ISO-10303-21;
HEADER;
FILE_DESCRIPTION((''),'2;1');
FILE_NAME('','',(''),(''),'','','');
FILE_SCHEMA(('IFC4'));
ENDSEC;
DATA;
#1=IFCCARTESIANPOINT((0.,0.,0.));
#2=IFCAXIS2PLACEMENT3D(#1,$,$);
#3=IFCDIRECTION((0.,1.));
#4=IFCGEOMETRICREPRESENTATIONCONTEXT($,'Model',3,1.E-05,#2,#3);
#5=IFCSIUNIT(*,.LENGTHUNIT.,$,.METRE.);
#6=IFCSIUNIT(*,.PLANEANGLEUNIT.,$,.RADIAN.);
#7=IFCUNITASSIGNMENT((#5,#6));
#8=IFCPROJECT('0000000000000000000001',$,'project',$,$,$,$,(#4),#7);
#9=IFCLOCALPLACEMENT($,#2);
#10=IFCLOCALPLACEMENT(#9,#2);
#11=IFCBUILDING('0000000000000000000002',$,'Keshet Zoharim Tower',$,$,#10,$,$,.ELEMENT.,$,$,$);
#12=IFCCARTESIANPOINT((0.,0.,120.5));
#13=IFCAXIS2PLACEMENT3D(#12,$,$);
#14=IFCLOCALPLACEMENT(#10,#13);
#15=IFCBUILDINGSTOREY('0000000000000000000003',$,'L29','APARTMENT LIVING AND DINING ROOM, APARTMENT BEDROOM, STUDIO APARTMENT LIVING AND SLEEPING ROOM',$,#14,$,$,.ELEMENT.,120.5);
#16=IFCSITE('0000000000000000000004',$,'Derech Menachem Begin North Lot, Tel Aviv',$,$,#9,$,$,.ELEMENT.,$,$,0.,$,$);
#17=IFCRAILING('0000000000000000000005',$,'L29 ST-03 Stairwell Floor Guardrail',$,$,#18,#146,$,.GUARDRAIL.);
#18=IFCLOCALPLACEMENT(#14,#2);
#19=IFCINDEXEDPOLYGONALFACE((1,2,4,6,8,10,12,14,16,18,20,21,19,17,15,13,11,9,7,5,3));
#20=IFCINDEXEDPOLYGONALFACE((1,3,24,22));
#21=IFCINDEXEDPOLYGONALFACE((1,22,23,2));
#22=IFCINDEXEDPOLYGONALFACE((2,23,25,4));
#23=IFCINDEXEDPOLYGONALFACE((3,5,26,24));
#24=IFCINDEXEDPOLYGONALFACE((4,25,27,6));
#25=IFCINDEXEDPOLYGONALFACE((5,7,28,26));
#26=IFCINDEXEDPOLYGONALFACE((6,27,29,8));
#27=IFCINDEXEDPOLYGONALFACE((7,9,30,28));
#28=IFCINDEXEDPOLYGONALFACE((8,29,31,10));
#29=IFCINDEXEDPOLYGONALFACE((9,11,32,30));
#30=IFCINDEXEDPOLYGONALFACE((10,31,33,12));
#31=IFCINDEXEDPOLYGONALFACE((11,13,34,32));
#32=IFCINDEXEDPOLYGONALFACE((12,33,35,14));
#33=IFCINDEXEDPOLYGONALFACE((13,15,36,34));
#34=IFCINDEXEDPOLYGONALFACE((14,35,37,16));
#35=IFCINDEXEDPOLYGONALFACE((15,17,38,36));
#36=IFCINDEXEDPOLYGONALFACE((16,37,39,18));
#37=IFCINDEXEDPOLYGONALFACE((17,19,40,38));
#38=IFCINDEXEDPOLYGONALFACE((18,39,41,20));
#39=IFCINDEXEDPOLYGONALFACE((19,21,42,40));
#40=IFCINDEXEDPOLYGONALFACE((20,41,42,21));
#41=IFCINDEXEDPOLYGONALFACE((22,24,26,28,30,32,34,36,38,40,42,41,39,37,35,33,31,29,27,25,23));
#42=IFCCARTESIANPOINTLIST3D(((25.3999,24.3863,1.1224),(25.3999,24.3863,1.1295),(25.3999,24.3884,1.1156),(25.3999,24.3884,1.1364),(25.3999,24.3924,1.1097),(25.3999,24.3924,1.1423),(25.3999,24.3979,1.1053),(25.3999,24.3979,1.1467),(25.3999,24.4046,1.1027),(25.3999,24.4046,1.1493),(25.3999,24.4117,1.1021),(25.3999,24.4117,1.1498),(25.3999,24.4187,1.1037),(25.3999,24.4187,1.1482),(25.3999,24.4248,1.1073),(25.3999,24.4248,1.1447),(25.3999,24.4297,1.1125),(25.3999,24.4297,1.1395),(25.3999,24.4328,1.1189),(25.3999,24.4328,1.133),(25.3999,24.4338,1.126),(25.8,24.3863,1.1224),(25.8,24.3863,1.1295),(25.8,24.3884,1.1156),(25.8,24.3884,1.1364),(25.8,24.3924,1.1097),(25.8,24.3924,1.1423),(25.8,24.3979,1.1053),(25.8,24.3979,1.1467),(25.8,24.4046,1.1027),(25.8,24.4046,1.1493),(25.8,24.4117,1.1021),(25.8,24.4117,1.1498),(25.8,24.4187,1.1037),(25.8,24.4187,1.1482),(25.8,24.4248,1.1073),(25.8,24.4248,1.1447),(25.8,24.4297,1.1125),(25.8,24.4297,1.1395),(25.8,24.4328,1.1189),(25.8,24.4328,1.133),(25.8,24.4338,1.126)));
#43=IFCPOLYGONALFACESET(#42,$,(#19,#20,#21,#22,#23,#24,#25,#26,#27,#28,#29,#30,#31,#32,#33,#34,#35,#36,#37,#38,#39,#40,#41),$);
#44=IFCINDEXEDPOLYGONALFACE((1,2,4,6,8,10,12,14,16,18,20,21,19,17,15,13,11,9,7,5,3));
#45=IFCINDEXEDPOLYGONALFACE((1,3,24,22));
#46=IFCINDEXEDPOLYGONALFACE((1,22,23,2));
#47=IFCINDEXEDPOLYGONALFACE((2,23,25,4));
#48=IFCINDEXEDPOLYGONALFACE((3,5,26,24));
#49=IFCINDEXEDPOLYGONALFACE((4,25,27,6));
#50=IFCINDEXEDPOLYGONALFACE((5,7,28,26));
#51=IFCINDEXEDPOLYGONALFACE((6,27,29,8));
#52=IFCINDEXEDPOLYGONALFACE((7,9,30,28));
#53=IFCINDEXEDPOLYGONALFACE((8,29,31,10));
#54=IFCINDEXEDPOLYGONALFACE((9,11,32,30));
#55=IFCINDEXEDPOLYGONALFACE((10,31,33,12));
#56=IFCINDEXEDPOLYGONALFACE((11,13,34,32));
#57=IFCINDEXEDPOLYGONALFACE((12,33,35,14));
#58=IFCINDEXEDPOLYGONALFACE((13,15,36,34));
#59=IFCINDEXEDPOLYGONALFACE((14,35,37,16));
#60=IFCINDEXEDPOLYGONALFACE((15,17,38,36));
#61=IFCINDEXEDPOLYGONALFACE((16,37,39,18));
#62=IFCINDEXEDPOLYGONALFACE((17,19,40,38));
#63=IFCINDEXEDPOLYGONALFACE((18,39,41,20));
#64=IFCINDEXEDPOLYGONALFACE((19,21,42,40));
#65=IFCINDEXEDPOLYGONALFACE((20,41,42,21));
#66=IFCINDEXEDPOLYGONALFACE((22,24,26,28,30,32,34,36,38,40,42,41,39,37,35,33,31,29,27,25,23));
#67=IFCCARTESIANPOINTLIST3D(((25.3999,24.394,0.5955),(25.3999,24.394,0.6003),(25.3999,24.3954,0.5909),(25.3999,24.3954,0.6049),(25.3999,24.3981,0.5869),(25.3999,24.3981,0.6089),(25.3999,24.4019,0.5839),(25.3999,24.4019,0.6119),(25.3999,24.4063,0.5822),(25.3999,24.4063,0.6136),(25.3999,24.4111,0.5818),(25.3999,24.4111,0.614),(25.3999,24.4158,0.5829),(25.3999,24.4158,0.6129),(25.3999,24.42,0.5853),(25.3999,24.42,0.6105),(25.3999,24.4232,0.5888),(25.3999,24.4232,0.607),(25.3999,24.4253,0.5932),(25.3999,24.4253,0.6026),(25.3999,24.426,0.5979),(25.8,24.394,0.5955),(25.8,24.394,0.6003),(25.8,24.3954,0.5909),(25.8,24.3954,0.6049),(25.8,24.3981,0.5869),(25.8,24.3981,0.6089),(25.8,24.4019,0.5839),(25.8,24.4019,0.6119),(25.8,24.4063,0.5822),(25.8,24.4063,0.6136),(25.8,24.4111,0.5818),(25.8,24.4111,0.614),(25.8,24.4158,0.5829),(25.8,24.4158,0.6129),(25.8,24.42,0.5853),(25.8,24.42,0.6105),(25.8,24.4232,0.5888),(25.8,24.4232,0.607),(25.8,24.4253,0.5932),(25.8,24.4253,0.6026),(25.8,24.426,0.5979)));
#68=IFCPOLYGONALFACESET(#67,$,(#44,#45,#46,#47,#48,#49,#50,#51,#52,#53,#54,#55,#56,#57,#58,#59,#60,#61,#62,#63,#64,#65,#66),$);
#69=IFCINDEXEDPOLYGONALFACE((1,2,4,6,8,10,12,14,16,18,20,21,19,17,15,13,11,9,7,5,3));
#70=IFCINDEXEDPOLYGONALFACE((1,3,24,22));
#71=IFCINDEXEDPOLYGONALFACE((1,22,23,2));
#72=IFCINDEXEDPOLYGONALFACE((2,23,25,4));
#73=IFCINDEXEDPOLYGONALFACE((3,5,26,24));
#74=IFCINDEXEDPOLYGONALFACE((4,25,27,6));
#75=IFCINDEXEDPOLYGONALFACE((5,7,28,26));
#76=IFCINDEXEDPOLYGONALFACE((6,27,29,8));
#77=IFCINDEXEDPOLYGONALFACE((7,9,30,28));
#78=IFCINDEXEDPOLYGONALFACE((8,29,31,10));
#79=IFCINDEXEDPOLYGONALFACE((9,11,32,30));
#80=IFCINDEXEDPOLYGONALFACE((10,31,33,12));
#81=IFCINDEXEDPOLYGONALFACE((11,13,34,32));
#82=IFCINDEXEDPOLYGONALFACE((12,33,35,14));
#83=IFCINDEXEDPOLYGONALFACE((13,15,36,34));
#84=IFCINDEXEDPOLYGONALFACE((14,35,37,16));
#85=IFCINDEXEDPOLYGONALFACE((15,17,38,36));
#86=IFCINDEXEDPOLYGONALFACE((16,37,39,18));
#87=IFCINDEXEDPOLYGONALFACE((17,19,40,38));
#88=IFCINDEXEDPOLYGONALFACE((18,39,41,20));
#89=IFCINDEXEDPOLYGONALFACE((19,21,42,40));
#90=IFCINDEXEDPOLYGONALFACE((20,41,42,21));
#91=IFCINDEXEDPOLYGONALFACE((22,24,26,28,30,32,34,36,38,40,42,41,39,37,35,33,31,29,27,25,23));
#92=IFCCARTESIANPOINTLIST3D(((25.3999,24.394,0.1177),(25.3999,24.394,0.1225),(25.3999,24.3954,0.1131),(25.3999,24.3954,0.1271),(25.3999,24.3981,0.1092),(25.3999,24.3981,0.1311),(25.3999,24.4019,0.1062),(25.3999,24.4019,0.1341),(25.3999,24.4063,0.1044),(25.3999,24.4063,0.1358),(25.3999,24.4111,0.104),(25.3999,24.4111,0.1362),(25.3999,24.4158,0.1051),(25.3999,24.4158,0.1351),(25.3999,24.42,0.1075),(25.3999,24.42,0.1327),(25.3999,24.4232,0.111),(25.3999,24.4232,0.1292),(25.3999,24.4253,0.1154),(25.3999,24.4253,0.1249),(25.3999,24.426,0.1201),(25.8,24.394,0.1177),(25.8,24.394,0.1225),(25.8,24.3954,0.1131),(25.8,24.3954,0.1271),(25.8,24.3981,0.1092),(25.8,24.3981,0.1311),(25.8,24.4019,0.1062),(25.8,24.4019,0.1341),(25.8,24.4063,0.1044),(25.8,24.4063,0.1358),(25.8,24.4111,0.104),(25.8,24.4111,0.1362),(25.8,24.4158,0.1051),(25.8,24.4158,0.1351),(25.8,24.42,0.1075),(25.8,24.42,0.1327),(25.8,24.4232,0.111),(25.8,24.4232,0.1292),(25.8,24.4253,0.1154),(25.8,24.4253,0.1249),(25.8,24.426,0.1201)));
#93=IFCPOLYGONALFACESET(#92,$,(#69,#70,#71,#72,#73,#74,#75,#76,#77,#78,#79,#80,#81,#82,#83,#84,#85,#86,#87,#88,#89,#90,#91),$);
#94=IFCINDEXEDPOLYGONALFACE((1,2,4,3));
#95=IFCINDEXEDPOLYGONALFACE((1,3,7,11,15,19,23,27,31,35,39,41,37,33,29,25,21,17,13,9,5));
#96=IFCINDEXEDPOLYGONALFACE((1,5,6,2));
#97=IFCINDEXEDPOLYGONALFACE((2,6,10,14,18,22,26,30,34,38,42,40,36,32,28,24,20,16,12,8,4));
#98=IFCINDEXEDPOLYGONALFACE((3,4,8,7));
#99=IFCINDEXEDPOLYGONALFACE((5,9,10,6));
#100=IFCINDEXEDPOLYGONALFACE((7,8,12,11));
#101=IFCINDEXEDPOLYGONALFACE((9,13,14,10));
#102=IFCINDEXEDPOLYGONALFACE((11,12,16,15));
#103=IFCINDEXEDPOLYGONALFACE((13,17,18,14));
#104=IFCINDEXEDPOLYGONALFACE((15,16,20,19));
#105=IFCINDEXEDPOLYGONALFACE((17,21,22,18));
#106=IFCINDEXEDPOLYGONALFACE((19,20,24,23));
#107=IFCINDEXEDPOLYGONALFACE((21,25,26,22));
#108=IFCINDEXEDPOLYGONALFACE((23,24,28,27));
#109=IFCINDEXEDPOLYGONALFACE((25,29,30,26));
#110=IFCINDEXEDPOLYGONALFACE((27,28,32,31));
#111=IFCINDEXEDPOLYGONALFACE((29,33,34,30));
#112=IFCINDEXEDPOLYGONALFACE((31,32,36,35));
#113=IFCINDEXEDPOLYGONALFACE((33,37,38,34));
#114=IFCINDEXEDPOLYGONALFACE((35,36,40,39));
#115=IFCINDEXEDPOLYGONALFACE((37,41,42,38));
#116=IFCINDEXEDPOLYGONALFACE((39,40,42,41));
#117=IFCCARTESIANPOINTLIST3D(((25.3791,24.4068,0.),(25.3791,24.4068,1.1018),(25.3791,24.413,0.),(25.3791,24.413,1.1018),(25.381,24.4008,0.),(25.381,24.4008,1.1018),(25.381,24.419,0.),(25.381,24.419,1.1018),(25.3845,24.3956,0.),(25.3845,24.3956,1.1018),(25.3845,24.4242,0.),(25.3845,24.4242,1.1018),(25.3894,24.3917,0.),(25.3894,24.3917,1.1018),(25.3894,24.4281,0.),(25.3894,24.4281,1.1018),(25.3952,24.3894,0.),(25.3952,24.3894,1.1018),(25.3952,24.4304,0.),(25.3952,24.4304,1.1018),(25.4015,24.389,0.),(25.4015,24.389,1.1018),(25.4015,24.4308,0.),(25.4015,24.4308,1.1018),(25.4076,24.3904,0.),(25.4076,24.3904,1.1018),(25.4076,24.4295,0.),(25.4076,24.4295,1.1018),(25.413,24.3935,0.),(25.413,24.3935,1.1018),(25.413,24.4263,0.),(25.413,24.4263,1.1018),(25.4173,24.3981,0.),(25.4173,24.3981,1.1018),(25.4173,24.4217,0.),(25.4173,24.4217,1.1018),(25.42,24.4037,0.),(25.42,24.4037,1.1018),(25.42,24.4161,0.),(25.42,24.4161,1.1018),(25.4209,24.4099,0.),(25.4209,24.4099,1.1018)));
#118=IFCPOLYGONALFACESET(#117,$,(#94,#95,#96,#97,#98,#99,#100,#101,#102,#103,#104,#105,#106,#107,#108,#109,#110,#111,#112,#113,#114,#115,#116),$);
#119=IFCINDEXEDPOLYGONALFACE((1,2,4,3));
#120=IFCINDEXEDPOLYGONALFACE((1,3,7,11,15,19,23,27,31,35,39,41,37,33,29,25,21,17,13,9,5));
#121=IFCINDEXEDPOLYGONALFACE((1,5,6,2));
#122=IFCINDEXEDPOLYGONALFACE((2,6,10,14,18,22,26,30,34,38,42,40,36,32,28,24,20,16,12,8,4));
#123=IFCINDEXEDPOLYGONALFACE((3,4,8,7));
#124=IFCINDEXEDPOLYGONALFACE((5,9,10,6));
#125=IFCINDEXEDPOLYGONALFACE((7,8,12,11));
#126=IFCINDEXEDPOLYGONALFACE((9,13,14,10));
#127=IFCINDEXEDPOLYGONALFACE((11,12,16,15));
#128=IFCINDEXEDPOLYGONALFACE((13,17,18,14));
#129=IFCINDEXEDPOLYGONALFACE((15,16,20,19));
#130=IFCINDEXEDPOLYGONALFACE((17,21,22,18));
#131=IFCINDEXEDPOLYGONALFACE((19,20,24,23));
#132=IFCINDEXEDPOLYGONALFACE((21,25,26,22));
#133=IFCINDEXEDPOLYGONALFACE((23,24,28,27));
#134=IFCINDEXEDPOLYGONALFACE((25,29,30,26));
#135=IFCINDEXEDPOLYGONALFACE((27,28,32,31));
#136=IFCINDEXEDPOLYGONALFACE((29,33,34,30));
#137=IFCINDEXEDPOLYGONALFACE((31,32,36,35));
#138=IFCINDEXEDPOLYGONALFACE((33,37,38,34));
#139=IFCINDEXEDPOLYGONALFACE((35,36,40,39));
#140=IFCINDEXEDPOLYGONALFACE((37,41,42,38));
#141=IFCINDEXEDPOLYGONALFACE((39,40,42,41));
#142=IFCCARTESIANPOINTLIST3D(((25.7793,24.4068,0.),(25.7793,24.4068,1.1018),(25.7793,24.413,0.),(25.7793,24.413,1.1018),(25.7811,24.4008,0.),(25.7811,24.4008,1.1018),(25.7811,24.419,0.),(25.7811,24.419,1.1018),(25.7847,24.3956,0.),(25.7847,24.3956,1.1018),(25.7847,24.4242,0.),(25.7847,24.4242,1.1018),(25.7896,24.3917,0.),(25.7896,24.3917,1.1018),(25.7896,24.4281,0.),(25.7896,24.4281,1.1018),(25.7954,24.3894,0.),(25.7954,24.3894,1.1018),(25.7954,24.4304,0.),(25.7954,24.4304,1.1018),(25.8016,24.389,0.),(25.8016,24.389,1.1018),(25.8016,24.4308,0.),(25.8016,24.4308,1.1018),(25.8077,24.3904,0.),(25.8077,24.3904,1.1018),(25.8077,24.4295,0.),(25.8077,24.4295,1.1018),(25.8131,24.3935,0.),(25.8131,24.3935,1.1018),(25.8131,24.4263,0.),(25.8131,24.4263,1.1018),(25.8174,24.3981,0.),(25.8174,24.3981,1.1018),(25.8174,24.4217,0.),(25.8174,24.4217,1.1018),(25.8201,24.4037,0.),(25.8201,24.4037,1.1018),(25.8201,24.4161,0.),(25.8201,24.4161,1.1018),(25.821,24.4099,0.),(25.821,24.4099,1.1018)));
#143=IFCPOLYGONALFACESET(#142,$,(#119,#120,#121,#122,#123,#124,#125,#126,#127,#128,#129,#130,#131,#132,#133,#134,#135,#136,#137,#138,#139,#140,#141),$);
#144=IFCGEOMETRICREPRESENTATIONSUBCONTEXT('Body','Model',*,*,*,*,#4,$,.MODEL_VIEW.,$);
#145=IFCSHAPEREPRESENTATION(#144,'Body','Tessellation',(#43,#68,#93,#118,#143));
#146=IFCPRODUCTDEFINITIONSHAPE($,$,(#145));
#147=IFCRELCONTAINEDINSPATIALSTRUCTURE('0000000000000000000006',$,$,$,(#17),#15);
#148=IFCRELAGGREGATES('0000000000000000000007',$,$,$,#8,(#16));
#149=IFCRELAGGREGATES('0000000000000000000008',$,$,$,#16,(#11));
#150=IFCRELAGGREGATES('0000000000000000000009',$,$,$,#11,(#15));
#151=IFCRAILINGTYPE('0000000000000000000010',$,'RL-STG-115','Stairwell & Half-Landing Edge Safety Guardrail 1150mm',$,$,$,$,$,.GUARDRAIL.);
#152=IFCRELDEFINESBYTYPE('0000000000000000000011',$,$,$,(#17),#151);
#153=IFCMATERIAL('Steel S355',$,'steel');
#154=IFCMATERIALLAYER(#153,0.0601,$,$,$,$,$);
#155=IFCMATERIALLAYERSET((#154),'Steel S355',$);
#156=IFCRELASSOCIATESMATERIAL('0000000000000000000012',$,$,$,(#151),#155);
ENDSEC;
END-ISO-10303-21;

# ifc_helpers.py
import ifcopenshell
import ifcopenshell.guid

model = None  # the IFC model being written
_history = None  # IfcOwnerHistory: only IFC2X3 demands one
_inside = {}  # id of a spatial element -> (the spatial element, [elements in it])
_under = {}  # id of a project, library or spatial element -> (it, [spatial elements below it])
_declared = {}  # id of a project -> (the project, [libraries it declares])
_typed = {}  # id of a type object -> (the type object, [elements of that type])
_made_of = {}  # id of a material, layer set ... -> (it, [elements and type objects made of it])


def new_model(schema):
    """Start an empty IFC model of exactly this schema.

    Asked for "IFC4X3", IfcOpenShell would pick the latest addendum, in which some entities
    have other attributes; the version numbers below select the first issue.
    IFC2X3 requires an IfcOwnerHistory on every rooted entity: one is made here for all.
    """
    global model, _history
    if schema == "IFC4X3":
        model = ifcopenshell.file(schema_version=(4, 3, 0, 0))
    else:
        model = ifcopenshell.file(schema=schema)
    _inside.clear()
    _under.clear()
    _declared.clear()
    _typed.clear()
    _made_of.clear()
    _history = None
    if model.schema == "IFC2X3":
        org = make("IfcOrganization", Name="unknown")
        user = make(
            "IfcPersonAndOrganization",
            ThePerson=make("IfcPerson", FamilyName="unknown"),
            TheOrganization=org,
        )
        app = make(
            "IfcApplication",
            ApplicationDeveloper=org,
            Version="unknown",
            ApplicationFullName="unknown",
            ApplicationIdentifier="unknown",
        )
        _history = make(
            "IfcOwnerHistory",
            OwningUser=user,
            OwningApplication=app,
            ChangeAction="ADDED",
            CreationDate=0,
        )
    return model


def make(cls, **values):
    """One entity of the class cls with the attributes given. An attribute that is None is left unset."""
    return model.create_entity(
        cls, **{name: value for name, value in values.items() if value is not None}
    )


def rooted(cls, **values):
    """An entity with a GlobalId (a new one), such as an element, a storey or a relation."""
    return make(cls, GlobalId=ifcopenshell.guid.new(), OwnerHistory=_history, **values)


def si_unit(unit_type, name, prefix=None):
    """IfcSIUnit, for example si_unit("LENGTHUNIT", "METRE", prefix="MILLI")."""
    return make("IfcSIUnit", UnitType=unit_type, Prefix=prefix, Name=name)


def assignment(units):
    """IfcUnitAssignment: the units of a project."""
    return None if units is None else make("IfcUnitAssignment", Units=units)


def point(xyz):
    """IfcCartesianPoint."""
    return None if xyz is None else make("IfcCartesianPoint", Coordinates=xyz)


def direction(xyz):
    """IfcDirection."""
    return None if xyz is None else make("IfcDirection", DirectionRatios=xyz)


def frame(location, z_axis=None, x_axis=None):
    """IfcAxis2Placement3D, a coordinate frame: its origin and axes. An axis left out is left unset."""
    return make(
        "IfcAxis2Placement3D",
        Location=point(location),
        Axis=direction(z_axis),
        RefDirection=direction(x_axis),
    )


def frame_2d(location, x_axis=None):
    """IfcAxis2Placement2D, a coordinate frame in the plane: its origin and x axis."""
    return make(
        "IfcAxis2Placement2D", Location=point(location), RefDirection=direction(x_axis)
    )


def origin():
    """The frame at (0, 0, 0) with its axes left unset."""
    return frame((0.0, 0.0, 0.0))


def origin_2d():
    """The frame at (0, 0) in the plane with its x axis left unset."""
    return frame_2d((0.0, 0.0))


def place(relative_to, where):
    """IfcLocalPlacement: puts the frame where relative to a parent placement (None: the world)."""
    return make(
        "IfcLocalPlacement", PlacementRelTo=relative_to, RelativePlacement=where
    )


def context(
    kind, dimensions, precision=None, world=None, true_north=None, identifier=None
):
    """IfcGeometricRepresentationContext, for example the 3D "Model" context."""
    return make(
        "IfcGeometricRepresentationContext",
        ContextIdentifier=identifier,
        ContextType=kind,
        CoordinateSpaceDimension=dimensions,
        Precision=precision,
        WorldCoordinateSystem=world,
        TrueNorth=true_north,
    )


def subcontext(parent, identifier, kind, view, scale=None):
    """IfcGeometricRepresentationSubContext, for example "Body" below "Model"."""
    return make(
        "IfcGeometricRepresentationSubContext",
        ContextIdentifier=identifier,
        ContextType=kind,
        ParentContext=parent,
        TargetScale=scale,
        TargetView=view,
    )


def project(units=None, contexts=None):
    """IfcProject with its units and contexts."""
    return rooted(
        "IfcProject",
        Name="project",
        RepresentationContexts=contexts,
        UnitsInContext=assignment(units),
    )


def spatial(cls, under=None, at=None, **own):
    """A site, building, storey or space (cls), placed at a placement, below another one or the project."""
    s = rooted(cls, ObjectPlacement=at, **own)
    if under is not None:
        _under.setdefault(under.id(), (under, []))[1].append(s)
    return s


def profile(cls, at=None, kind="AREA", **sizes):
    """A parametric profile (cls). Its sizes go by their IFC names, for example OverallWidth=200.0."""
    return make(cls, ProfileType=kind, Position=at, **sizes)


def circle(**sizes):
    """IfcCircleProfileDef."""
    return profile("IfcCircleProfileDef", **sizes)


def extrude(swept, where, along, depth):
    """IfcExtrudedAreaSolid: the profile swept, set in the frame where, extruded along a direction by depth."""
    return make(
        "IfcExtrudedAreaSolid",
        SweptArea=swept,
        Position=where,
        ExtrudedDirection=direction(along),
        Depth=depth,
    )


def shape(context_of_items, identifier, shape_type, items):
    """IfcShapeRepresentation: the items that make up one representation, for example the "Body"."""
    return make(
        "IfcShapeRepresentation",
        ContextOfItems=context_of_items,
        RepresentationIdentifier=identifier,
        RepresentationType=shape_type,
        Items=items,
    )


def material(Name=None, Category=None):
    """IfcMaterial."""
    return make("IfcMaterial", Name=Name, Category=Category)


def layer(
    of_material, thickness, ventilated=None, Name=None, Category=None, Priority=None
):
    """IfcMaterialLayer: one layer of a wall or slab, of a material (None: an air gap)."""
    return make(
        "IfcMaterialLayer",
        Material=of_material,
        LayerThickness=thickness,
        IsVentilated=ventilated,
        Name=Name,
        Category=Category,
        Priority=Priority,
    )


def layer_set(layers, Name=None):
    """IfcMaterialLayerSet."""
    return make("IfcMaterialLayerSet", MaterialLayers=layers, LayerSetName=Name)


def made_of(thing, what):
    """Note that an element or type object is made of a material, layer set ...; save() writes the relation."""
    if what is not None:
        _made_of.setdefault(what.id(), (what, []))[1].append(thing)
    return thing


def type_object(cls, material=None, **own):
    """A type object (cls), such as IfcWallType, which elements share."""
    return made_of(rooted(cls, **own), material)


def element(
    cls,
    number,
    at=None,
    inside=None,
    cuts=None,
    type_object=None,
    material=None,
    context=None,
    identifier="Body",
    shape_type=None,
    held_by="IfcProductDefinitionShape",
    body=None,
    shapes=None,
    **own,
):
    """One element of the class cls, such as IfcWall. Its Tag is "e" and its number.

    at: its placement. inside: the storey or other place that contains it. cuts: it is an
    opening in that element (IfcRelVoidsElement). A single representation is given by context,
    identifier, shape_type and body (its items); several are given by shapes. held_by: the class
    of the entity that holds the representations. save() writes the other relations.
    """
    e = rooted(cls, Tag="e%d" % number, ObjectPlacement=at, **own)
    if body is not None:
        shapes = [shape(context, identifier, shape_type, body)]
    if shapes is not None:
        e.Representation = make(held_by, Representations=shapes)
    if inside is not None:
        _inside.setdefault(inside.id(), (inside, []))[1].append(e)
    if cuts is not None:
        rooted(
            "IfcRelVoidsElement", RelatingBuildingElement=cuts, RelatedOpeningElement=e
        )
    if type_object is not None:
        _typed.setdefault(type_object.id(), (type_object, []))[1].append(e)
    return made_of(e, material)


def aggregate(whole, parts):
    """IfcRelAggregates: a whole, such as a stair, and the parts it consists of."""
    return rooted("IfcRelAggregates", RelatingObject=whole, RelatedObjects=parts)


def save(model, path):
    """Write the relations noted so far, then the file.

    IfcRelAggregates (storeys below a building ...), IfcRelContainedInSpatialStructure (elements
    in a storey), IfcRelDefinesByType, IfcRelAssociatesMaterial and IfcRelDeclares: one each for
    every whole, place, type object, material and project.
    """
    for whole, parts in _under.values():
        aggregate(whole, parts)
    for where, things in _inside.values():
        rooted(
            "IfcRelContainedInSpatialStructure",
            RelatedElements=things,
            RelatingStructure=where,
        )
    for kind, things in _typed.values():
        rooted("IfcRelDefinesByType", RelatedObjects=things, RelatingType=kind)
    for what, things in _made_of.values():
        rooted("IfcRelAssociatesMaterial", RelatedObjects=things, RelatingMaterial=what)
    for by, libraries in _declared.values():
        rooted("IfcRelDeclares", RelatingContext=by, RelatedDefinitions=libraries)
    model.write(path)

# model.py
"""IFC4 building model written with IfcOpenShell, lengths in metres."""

from ifc_helpers import new_model, si_unit, direction, frame, origin, origin_2d, place, context, subcontext, project, spatial, circle, extrude, material, layer, layer_set, type_object, element, save


model = new_model("IFC4")

# Units and contexts
model_context = context("Model", 3, precision=1e-05, world=origin(), true_north=direction((0.0, 1.0)))
body_context = subcontext(model_context, "Body", "Model", "MODEL_VIEW")
ifc_project = project(units=[si_unit("LENGTHUNIT", "METRE"), si_unit("PLANEANGLEUNIT", "RADIAN")], contexts=[model_context])

# Site, building, storey
site_placement = place(None, origin())
site = spatial("IfcSite", under=ifc_project, at=site_placement, Name="Derech Menachem Begin North Lot, Tel Aviv", CompositionType="ELEMENT", RefElevation=0.0)
building_placement = place(site_placement, origin())
building = spatial("IfcBuilding", under=site, at=building_placement, Name="Keshet Zoharim Tower", CompositionType="ELEMENT")
storey_placement = place(building_placement, frame((0.0, 0.0, 120.5)))
storey = spatial("IfcBuildingStorey", under=building, at=storey_placement, Name="L29", Description="APARTMENT LIVING AND DINING ROOM, APARTMENT BEDROOM, STUDIO APARTMENT LIVING AND SLEEPING ROOM", CompositionType="ELEMENT", Elevation=120.5)

# Railing
ifc_material_1 = material(Name="Steel S355", Category="steel")
ifc_layer_1 = layer(ifc_material_1, 0.0601)
ifc_layer_set_1 = layer_set([ifc_layer_1], Name="Steel S355")
railing_type_1 = type_object("IfcRailingType", Name="RL-STG-115", Description="Stairwell & Half-Landing Edge Safety Guardrail 1150mm", PredefinedType="GUARDRAIL", material=ifc_layer_set_1)
railing_1_placement = place(storey_placement, frame((25.3999, 24.4099, 0.0)))
element("IfcRailing", 1, at=railing_1_placement, inside=storey, type_object=railing_type_1, Name="L29 ST-03 Stairwell Floor Guardrail", PredefinedType="GUARDRAIL", context=body_context, shape_type="SweptSolid", body=[
    extrude(circle(Radius=0.0239, at=origin_2d()), frame((0.0, 0.0, 1.126), z_axis=(1.0, 0.0, 0.0), x_axis=(0.0, 1.0, 0.0)), (0.0, 0.0, 1.0), 0.4001),
    extrude(circle(Radius=0.0161, at=origin_2d()), frame((0.0, 0.0, 0.5979), z_axis=(1.0, 0.0, 0.0), x_axis=(0.0, 1.0, 0.0)), (0.0, 0.0, 1.0), 0.4001),
    extrude(circle(Radius=0.0161, at=origin_2d()), frame((0.0, 0.0, 0.1201), z_axis=(1.0, 0.0, 0.0), x_axis=(0.0, 1.0, 0.0)), (0.0, 0.0, 1.0), 0.4001),
    extrude(circle(Radius=0.021, at=origin_2d()), origin(), (0.0, 0.0, 1.0), 1.1018),
    extrude(circle(Radius=0.021, at=origin_2d()), frame((0.4001, 0.0, 0.0)), (0.0, 0.0, 1.0), 1.1018),
])

save(model, "model.ifc")
